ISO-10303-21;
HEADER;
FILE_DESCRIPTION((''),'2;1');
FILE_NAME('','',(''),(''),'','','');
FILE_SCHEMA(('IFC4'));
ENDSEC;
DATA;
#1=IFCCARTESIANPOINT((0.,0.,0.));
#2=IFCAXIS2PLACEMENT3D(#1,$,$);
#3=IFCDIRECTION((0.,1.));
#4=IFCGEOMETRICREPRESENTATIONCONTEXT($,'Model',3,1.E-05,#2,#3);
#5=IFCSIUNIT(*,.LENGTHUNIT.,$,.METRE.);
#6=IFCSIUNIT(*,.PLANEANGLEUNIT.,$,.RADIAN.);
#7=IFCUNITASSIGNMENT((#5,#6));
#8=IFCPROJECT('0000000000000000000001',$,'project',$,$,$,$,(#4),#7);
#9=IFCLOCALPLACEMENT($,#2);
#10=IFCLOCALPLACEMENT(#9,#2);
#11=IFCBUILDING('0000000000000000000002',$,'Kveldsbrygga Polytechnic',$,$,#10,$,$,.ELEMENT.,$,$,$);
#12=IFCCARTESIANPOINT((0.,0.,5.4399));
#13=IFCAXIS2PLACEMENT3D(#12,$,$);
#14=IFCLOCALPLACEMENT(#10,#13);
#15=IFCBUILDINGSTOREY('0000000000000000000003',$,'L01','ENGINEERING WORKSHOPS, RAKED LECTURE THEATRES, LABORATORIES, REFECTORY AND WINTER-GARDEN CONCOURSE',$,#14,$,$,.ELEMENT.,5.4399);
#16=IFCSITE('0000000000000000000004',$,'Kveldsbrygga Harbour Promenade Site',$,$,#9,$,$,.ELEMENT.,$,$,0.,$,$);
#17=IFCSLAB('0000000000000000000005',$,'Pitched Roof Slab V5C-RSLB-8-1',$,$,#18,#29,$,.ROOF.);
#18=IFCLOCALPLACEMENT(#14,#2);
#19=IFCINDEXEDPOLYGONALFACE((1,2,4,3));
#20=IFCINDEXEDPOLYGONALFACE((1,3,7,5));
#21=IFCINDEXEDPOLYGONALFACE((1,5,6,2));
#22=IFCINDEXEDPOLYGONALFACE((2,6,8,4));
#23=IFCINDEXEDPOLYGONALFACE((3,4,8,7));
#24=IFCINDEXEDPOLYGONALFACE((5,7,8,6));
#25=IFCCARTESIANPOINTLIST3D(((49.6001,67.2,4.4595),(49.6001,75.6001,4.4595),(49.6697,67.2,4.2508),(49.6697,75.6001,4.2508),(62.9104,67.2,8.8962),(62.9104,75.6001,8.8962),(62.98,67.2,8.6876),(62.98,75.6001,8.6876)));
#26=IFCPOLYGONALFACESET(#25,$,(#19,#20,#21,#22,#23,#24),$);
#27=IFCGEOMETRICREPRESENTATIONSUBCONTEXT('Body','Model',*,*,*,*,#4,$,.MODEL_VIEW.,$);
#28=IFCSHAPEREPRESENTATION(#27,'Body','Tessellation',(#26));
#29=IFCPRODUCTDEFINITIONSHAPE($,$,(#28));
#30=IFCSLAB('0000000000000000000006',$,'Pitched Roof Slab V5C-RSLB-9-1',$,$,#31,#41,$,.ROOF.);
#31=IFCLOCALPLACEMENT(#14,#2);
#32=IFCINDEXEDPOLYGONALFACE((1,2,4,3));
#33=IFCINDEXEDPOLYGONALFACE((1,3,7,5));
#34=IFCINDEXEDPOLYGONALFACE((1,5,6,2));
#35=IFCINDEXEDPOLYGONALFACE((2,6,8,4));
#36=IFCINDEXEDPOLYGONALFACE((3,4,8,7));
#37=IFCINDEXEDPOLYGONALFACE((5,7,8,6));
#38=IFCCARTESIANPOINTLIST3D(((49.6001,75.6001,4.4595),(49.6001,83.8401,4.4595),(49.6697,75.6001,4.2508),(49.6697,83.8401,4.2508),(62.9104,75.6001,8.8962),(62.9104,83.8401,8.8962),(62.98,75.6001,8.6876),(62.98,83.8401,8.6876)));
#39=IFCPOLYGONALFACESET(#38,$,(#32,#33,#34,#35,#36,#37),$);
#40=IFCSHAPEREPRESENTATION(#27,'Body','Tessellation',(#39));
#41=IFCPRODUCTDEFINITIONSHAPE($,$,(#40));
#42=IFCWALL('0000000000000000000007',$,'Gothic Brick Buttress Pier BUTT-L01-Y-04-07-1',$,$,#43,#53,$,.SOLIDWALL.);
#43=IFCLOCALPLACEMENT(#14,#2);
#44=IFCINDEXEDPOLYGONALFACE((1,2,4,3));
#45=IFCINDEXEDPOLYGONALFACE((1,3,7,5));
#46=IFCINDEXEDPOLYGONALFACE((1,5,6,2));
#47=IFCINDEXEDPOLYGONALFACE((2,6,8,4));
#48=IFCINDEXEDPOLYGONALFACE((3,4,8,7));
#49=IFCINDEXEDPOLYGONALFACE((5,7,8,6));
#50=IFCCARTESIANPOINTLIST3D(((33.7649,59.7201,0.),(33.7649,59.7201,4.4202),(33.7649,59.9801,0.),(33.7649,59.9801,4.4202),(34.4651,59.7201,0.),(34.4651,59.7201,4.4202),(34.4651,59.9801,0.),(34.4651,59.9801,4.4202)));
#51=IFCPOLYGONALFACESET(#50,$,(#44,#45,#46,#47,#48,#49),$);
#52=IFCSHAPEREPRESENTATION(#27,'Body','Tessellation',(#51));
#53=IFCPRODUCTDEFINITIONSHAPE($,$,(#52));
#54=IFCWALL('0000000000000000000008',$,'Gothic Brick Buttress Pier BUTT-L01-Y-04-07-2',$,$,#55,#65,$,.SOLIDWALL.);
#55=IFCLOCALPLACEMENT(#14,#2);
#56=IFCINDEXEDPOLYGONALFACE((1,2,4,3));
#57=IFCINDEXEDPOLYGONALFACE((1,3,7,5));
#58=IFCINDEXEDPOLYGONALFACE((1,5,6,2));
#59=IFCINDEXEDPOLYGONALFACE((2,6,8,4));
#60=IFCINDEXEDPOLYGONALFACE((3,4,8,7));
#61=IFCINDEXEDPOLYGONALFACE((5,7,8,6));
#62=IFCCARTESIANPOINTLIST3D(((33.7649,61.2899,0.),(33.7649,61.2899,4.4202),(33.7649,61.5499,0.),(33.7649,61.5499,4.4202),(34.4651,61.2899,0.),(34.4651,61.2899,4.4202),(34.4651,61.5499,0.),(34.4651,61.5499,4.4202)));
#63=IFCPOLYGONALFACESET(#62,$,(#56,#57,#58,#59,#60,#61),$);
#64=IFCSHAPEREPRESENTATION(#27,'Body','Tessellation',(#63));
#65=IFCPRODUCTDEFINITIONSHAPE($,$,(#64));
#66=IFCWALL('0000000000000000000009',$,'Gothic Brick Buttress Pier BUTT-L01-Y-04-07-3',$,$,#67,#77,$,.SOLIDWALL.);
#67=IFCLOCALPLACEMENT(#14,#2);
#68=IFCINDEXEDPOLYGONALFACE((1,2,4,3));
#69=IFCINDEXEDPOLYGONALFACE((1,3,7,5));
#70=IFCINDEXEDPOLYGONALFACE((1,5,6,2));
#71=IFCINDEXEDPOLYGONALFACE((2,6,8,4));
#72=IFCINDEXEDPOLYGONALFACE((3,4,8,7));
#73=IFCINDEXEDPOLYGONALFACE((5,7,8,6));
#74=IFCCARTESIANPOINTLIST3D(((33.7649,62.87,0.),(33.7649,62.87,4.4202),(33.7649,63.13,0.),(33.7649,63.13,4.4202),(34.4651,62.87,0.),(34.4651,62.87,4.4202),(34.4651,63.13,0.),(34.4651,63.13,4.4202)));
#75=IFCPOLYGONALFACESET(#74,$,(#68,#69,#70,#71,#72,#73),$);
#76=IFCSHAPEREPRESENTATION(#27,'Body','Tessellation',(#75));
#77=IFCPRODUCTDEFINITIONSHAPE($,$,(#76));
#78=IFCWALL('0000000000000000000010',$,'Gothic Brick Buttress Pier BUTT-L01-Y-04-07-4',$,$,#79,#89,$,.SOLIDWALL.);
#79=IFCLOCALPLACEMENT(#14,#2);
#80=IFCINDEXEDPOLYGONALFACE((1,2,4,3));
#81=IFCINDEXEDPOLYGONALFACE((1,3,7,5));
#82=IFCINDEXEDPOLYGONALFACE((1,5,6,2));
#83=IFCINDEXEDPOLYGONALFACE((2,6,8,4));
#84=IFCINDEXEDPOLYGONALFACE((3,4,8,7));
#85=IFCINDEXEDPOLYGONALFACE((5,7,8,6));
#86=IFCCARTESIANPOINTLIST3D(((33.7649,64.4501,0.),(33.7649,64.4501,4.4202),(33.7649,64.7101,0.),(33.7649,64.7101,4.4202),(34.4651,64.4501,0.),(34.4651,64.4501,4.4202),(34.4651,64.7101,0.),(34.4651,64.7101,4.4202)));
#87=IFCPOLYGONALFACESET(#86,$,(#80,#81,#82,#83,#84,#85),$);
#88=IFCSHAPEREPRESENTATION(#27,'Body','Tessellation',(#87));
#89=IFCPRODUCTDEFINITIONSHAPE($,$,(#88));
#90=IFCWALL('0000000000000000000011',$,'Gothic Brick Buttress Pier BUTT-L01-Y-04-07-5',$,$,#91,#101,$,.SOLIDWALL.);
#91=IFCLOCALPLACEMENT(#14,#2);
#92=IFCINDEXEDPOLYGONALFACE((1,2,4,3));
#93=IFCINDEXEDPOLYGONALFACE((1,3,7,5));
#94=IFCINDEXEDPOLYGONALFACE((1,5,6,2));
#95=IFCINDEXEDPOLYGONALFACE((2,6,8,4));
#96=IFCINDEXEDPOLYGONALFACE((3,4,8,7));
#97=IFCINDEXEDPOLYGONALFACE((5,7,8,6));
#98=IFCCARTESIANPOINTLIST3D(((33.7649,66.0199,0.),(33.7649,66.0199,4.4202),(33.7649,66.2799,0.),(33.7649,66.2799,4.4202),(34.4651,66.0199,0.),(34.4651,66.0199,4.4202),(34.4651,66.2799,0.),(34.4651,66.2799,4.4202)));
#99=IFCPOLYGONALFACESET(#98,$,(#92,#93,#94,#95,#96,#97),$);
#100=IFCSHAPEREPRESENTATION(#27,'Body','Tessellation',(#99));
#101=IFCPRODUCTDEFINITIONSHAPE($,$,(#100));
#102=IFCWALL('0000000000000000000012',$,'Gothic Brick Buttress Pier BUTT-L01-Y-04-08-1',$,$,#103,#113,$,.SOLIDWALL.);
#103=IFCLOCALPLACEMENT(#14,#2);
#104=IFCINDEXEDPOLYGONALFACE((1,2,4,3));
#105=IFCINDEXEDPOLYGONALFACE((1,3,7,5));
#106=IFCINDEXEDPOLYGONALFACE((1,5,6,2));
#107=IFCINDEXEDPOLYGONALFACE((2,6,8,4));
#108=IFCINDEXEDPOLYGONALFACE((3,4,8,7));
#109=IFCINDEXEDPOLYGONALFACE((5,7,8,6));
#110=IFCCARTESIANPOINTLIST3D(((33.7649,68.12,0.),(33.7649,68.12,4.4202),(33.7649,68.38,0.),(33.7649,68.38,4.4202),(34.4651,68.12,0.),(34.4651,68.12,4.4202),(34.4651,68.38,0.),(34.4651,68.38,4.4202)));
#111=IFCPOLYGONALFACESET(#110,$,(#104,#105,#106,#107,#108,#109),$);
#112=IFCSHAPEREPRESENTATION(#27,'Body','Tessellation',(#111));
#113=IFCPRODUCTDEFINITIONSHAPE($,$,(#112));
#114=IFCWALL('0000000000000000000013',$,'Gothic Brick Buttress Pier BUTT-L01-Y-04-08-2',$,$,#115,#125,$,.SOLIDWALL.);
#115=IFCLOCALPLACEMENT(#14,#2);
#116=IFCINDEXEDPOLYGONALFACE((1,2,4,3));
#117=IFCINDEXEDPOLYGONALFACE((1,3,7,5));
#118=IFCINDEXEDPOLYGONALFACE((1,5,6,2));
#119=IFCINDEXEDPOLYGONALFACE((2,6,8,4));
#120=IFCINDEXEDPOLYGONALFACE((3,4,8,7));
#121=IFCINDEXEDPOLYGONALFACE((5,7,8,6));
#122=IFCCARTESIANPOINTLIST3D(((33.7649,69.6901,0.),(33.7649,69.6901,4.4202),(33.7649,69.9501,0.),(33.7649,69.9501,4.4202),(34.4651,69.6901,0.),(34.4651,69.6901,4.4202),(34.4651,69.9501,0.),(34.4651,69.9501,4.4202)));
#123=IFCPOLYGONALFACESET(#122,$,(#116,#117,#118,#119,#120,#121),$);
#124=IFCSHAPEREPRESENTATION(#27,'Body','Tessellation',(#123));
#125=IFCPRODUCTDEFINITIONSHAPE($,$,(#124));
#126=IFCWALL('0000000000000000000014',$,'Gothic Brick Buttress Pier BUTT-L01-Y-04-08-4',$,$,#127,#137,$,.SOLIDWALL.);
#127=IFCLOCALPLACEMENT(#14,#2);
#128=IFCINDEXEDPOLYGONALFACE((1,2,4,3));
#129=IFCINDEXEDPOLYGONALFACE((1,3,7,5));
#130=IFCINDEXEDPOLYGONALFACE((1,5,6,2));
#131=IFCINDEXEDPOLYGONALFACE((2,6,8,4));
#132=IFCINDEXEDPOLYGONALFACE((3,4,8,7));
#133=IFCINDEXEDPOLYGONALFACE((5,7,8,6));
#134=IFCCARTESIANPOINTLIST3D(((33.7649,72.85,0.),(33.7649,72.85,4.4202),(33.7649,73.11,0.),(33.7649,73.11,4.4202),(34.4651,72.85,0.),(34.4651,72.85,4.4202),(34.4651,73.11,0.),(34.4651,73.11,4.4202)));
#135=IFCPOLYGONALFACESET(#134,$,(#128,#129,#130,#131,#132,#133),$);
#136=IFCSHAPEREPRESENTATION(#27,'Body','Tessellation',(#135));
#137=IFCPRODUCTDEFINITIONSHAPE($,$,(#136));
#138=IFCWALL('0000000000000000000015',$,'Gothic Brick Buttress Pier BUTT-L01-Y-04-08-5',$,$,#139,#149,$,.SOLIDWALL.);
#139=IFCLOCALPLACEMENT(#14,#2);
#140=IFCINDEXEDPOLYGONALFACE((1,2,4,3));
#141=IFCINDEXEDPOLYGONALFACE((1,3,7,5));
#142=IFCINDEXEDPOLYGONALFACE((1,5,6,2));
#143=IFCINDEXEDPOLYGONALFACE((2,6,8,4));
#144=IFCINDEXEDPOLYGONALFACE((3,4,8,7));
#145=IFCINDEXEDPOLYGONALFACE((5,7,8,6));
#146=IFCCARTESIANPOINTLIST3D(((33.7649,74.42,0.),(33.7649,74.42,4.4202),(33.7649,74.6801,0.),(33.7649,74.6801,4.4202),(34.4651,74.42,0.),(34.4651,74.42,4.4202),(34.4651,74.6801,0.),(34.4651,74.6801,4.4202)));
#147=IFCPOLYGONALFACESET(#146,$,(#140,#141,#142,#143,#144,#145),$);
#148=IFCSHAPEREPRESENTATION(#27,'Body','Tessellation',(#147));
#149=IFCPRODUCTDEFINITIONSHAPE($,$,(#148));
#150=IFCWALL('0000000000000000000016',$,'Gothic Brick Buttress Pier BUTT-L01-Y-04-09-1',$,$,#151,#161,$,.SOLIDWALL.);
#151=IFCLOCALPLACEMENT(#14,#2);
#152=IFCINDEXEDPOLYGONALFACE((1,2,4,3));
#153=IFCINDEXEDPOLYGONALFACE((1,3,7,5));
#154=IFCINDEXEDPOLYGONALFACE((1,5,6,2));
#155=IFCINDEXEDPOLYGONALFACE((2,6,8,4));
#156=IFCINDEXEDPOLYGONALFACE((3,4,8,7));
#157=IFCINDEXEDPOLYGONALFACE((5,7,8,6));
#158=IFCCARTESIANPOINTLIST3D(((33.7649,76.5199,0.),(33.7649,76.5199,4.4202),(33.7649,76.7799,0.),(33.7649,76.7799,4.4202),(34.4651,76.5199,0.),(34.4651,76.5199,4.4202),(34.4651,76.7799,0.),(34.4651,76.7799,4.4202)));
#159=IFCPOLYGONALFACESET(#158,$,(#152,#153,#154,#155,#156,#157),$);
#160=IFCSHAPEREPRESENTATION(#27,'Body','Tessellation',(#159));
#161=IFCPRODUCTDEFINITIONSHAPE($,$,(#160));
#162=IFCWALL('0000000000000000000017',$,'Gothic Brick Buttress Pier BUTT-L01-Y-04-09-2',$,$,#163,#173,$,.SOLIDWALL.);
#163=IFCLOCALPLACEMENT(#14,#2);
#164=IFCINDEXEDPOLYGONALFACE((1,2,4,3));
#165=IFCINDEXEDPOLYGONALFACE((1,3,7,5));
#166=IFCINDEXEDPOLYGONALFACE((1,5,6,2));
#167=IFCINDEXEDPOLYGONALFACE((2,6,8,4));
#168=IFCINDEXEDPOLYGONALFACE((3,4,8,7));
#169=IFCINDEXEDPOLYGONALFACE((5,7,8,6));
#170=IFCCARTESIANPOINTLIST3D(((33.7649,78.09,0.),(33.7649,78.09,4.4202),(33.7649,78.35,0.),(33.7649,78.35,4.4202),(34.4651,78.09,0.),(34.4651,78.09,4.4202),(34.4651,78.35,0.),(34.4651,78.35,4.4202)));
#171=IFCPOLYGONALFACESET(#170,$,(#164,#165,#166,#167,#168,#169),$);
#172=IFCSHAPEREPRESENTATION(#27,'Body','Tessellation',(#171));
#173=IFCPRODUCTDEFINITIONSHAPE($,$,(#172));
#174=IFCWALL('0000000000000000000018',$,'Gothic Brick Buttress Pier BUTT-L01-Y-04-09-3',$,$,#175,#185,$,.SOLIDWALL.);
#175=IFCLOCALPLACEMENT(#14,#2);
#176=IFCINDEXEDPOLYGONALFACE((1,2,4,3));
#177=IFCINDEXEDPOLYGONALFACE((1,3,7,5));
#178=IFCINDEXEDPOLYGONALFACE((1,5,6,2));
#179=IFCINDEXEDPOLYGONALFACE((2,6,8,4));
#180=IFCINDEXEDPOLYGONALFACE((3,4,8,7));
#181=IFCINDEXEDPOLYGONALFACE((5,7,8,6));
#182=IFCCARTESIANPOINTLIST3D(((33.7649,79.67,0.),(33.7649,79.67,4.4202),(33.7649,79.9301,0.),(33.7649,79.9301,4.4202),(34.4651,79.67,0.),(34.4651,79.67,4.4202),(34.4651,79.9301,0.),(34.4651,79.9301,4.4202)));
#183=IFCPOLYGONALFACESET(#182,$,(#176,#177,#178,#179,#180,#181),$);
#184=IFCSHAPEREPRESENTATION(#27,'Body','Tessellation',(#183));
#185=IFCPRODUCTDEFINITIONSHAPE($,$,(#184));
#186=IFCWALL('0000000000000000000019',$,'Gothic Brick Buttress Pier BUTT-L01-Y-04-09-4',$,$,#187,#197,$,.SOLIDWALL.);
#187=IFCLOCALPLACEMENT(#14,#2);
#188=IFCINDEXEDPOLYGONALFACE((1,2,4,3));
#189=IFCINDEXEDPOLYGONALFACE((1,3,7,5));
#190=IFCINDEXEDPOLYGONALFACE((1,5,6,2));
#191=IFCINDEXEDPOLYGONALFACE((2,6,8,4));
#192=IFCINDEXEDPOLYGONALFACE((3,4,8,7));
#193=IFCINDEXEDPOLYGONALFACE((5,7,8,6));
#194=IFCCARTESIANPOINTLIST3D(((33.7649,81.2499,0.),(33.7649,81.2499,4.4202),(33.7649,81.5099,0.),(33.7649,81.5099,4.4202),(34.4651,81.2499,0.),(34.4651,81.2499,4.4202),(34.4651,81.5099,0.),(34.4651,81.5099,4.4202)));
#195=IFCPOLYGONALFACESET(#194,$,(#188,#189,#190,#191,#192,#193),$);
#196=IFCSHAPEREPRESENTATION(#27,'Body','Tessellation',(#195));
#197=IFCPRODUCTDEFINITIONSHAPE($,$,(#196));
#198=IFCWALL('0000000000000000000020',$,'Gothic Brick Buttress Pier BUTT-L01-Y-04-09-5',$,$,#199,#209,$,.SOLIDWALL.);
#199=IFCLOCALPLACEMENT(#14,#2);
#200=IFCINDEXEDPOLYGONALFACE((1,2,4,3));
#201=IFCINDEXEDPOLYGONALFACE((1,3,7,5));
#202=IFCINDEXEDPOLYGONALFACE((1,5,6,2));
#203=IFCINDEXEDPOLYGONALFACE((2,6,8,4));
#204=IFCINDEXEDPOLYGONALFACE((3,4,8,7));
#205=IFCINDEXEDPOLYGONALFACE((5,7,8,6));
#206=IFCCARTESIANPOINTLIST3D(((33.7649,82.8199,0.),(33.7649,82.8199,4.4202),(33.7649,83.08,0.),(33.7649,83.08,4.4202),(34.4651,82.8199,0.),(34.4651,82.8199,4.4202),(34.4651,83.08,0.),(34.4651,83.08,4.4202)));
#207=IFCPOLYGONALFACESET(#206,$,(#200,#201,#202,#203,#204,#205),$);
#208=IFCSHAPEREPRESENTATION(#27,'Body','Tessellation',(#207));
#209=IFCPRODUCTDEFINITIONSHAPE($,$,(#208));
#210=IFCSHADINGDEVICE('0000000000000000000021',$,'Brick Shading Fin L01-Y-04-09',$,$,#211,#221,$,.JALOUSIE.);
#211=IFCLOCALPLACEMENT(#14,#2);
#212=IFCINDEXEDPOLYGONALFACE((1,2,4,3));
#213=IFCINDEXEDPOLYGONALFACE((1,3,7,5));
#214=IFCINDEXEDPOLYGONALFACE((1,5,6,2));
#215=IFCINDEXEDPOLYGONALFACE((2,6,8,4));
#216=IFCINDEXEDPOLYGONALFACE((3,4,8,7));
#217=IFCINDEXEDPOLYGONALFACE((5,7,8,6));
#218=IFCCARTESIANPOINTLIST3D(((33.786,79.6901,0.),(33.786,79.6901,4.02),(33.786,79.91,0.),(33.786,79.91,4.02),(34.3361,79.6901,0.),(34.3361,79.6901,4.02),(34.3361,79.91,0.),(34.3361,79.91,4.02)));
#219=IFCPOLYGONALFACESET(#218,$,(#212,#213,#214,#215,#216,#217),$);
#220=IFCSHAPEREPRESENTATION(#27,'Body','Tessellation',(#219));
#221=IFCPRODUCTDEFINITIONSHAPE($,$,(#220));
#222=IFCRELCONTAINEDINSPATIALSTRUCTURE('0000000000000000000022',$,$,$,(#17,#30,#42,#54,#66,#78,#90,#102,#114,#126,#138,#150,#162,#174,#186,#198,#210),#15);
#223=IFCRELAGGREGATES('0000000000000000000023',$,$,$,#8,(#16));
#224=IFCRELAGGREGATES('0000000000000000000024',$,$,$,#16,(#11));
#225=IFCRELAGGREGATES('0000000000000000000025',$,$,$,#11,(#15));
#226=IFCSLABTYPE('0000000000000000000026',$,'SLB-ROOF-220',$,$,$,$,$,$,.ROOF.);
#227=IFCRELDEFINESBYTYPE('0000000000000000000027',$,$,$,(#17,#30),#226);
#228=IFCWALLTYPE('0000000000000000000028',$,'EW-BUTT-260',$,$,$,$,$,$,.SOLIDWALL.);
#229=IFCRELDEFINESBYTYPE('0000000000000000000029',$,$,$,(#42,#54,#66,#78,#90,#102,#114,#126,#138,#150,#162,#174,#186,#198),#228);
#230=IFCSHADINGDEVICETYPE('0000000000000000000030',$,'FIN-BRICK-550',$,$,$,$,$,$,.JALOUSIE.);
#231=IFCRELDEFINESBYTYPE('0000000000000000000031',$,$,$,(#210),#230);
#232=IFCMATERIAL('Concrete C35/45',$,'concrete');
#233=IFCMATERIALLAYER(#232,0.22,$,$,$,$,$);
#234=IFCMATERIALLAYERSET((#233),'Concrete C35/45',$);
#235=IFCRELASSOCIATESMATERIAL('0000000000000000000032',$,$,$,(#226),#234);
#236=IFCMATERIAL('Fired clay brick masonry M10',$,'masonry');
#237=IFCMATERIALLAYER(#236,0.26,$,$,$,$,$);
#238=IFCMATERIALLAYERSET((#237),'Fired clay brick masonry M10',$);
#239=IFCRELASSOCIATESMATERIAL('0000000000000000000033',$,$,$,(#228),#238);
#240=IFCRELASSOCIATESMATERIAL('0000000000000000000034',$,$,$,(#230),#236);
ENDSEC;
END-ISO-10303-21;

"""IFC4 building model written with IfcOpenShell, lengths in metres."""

from ifc_helpers import new_model, si_unit, direction, frame, frame_2d, origin, origin_2d, place, context, subcontext, project, spatial, polyline, rectangle, outline, extrude, material, layer, layer_set, type_object, element, save


model = new_model("IFC4")

# Units and contexts
model_context = context("Model", 3, precision=1e-05, world=origin(), true_north=direction((0.0, 1.0)))
body_context = subcontext(model_context, "Body", "Model", "MODEL_VIEW")
ifc_project = project(units=[si_unit("LENGTHUNIT", "METRE"), si_unit("PLANEANGLEUNIT", "RADIAN")], contexts=[model_context])

# Site, building, storey
site_placement = place(None, origin())
site = spatial("IfcSite", under=ifc_project, at=site_placement, Name="Kveldsbrygga Harbour Promenade Site", CompositionType="ELEMENT", RefElevation=0.0)
building_placement = place(site_placement, origin())
building = spatial("IfcBuilding", under=site, at=building_placement, Name="Kveldsbrygga Polytechnic", CompositionType="ELEMENT")
storey_placement = place(building_placement, frame((0.0, 0.0, 5.4399)))
storey = spatial("IfcBuildingStorey", under=building, at=storey_placement, Name="L01", Description="ENGINEERING WORKSHOPS, RAKED LECTURE THEATRES, LABORATORIES, REFECTORY AND WINTER-GARDEN CONCOURSE", CompositionType="ELEMENT", Elevation=5.4399)

# Slabs
ifc_material_1 = material(Name="Concrete C35/45", Category="concrete")
ifc_layer_1 = layer(ifc_material_1, 0.22)
ifc_layer_set_1 = layer_set([ifc_layer_1], Name="Concrete C35/45")
slab_type = type_object("IfcSlabType", Name="SLB-ROOF-220", PredefinedType="ROOF", material=ifc_layer_set_1)
slab_1_placement = place(storey_placement, frame((49.6001, 67.2, 4.4595), z_axis=(-0.316228, 0.0, 0.948683), x_axis=(0.948683, 0.0, 0.316228)))
element("IfcSlab", 1, at=slab_1_placement, inside=storey, type_object=slab_type, Name="Pitched Roof Slab V5C-RSLB-8-1", PredefinedType="ROOF", context=body_context, shape_type="SweptSolid", body=[
    extrude(outline(polyline([(0.0, 0.0), (14.0303, 0.0), (14.0303, 8.4001), (0.0, 8.4001), (0.0, 0.0)])), origin(), (0.0, 0.0, -1.0), 0.22),
])
slab_2_placement = place(storey_placement, frame((49.6001, 75.6001, 4.4595), z_axis=(-0.316228, 0.0, 0.948683), x_axis=(0.948683, 0.0, 0.316228)))
element("IfcSlab", 2, at=slab_2_placement, inside=storey, type_object=slab_type, Name="Pitched Roof Slab V5C-RSLB-9-1", PredefinedType="ROOF", context=body_context, shape_type="SweptSolid", body=[
    extrude(outline(polyline([(0.0, 0.0), (14.0303, 0.0), (14.0303, 8.24), (0.0, 8.24), (0.0, 0.0)])), origin(), (0.0, 0.0, -1.0), 0.22),
])

# Walls
ifc_material_2 = material(Name="Fired clay brick masonry M10", Category="masonry")
ifc_layer_2 = layer(ifc_material_2, 0.26)
ifc_layer_set_2 = layer_set([ifc_layer_2], Name="Fired clay brick masonry M10")
wall_type = type_object("IfcWallType", Name="EW-BUTT-260", PredefinedType="SOLIDWALL", material=ifc_layer_set_2)
for number, where, z_axis, x_axis, name in (
    (3, (33.7649, 59.8501, 0.0), (0.0, 0.0, 1.0), (1.0, 0.0, 0.0), "Gothic Brick Buttress Pier BUTT-L01-Y-04-07-1"),
    (4, (33.7649, 61.4199, 0.0), (0.0, 0.0, 1.0), (1.0, 0.0, 0.0), "Gothic Brick Buttress Pier BUTT-L01-Y-04-07-2"),
    (5, (33.7649, 63.0, 0.0), (0.0, 0.0, 1.0), (1.0, 0.0, 0.0), "Gothic Brick Buttress Pier BUTT-L01-Y-04-07-3"),
    (6, (33.7649, 64.5801, 0.0), (0.0, 0.0, 1.0), (1.0, 0.0, 0.0), "Gothic Brick Buttress Pier BUTT-L01-Y-04-07-4"),
    (7, (33.7649, 66.1499, 0.0), (0.0, 0.0, 1.0), (1.0, 0.0, 0.0), "Gothic Brick Buttress Pier BUTT-L01-Y-04-07-5"),
    (8, (33.7649, 68.25, 0.0), (0.0, 0.0, 1.0), (1.0, 0.0, 0.0), "Gothic Brick Buttress Pier BUTT-L01-Y-04-08-1"),
    (9, (33.7649, 69.8201, 0.0), (0.0, 0.0, 1.0), (1.0, 0.0, 0.0), "Gothic Brick Buttress Pier BUTT-L01-Y-04-08-2"),
    (10, (33.7649, 72.98, 0.0), (0.0, 0.0, 1.0), (1.0, 0.0, 0.0), "Gothic Brick Buttress Pier BUTT-L01-Y-04-08-4"),
    (11, (33.7649, 74.55, 0.0), (0.0, 0.0, 1.0), (1.0, 0.0, 0.0), "Gothic Brick Buttress Pier BUTT-L01-Y-04-08-5"),
    (12, (33.7649, 76.6499, 0.0), (0.0, 0.0, 1.0), (1.0, 0.0, 0.0), "Gothic Brick Buttress Pier BUTT-L01-Y-04-09-1"),
    (13, (33.7649, 78.22, 0.0), (0.0, 0.0, 1.0), (1.0, 0.0, 0.0), "Gothic Brick Buttress Pier BUTT-L01-Y-04-09-2"),
    (14, (33.7649, 79.8, 0.0), (0.0, 0.0, 1.0), (1.0, 0.0, 0.0), "Gothic Brick Buttress Pier BUTT-L01-Y-04-09-3"),
    (15, (33.7649, 81.3799, 0.0), (0.0, 0.0, 1.0), (1.0, 0.0, 0.0), "Gothic Brick Buttress Pier BUTT-L01-Y-04-09-4"),
    (16, (33.7649, 82.95, 0.0), (0.0, 0.0, 1.0), (1.0, 0.0, 0.0), "Gothic Brick Buttress Pier BUTT-L01-Y-04-09-5"),
):
    element("IfcWall", number, at=place(storey_placement, frame(where, z_axis=z_axis, x_axis=x_axis)), inside=storey, type_object=wall_type, Name=name, PredefinedType="SOLIDWALL", context=body_context, shape_type="SweptSolid", body=[
        extrude(rectangle(XDim=0.7002, YDim=0.26, at=frame_2d((0.3501, 0.0))), origin(), (0.0, 0.0, 1.0), 4.4202),
    ])

# Shading device
shading_device_type = type_object("IfcShadingDeviceType", Name="FIN-BRICK-550", PredefinedType="JALOUSIE", material=ifc_material_2)
shading_device_placement = place(storey_placement, frame((34.061, 79.8, 0.0), z_axis=(0.0, 0.0, 1.0), x_axis=(0.0, 1.0, 0.0)))
element("IfcShadingDevice", 17, at=shading_device_placement, inside=storey, type_object=shading_device_type, Name="Brick Shading Fin L01-Y-04-09", PredefinedType="JALOUSIE", context=body_context, shape_type="SweptSolid", body=[
    extrude(rectangle(XDim=0.22, YDim=0.55, at=origin_2d()), origin(), (0.0, 0.0, 1.0), 4.02),
])

save(model, "model.ifc")
